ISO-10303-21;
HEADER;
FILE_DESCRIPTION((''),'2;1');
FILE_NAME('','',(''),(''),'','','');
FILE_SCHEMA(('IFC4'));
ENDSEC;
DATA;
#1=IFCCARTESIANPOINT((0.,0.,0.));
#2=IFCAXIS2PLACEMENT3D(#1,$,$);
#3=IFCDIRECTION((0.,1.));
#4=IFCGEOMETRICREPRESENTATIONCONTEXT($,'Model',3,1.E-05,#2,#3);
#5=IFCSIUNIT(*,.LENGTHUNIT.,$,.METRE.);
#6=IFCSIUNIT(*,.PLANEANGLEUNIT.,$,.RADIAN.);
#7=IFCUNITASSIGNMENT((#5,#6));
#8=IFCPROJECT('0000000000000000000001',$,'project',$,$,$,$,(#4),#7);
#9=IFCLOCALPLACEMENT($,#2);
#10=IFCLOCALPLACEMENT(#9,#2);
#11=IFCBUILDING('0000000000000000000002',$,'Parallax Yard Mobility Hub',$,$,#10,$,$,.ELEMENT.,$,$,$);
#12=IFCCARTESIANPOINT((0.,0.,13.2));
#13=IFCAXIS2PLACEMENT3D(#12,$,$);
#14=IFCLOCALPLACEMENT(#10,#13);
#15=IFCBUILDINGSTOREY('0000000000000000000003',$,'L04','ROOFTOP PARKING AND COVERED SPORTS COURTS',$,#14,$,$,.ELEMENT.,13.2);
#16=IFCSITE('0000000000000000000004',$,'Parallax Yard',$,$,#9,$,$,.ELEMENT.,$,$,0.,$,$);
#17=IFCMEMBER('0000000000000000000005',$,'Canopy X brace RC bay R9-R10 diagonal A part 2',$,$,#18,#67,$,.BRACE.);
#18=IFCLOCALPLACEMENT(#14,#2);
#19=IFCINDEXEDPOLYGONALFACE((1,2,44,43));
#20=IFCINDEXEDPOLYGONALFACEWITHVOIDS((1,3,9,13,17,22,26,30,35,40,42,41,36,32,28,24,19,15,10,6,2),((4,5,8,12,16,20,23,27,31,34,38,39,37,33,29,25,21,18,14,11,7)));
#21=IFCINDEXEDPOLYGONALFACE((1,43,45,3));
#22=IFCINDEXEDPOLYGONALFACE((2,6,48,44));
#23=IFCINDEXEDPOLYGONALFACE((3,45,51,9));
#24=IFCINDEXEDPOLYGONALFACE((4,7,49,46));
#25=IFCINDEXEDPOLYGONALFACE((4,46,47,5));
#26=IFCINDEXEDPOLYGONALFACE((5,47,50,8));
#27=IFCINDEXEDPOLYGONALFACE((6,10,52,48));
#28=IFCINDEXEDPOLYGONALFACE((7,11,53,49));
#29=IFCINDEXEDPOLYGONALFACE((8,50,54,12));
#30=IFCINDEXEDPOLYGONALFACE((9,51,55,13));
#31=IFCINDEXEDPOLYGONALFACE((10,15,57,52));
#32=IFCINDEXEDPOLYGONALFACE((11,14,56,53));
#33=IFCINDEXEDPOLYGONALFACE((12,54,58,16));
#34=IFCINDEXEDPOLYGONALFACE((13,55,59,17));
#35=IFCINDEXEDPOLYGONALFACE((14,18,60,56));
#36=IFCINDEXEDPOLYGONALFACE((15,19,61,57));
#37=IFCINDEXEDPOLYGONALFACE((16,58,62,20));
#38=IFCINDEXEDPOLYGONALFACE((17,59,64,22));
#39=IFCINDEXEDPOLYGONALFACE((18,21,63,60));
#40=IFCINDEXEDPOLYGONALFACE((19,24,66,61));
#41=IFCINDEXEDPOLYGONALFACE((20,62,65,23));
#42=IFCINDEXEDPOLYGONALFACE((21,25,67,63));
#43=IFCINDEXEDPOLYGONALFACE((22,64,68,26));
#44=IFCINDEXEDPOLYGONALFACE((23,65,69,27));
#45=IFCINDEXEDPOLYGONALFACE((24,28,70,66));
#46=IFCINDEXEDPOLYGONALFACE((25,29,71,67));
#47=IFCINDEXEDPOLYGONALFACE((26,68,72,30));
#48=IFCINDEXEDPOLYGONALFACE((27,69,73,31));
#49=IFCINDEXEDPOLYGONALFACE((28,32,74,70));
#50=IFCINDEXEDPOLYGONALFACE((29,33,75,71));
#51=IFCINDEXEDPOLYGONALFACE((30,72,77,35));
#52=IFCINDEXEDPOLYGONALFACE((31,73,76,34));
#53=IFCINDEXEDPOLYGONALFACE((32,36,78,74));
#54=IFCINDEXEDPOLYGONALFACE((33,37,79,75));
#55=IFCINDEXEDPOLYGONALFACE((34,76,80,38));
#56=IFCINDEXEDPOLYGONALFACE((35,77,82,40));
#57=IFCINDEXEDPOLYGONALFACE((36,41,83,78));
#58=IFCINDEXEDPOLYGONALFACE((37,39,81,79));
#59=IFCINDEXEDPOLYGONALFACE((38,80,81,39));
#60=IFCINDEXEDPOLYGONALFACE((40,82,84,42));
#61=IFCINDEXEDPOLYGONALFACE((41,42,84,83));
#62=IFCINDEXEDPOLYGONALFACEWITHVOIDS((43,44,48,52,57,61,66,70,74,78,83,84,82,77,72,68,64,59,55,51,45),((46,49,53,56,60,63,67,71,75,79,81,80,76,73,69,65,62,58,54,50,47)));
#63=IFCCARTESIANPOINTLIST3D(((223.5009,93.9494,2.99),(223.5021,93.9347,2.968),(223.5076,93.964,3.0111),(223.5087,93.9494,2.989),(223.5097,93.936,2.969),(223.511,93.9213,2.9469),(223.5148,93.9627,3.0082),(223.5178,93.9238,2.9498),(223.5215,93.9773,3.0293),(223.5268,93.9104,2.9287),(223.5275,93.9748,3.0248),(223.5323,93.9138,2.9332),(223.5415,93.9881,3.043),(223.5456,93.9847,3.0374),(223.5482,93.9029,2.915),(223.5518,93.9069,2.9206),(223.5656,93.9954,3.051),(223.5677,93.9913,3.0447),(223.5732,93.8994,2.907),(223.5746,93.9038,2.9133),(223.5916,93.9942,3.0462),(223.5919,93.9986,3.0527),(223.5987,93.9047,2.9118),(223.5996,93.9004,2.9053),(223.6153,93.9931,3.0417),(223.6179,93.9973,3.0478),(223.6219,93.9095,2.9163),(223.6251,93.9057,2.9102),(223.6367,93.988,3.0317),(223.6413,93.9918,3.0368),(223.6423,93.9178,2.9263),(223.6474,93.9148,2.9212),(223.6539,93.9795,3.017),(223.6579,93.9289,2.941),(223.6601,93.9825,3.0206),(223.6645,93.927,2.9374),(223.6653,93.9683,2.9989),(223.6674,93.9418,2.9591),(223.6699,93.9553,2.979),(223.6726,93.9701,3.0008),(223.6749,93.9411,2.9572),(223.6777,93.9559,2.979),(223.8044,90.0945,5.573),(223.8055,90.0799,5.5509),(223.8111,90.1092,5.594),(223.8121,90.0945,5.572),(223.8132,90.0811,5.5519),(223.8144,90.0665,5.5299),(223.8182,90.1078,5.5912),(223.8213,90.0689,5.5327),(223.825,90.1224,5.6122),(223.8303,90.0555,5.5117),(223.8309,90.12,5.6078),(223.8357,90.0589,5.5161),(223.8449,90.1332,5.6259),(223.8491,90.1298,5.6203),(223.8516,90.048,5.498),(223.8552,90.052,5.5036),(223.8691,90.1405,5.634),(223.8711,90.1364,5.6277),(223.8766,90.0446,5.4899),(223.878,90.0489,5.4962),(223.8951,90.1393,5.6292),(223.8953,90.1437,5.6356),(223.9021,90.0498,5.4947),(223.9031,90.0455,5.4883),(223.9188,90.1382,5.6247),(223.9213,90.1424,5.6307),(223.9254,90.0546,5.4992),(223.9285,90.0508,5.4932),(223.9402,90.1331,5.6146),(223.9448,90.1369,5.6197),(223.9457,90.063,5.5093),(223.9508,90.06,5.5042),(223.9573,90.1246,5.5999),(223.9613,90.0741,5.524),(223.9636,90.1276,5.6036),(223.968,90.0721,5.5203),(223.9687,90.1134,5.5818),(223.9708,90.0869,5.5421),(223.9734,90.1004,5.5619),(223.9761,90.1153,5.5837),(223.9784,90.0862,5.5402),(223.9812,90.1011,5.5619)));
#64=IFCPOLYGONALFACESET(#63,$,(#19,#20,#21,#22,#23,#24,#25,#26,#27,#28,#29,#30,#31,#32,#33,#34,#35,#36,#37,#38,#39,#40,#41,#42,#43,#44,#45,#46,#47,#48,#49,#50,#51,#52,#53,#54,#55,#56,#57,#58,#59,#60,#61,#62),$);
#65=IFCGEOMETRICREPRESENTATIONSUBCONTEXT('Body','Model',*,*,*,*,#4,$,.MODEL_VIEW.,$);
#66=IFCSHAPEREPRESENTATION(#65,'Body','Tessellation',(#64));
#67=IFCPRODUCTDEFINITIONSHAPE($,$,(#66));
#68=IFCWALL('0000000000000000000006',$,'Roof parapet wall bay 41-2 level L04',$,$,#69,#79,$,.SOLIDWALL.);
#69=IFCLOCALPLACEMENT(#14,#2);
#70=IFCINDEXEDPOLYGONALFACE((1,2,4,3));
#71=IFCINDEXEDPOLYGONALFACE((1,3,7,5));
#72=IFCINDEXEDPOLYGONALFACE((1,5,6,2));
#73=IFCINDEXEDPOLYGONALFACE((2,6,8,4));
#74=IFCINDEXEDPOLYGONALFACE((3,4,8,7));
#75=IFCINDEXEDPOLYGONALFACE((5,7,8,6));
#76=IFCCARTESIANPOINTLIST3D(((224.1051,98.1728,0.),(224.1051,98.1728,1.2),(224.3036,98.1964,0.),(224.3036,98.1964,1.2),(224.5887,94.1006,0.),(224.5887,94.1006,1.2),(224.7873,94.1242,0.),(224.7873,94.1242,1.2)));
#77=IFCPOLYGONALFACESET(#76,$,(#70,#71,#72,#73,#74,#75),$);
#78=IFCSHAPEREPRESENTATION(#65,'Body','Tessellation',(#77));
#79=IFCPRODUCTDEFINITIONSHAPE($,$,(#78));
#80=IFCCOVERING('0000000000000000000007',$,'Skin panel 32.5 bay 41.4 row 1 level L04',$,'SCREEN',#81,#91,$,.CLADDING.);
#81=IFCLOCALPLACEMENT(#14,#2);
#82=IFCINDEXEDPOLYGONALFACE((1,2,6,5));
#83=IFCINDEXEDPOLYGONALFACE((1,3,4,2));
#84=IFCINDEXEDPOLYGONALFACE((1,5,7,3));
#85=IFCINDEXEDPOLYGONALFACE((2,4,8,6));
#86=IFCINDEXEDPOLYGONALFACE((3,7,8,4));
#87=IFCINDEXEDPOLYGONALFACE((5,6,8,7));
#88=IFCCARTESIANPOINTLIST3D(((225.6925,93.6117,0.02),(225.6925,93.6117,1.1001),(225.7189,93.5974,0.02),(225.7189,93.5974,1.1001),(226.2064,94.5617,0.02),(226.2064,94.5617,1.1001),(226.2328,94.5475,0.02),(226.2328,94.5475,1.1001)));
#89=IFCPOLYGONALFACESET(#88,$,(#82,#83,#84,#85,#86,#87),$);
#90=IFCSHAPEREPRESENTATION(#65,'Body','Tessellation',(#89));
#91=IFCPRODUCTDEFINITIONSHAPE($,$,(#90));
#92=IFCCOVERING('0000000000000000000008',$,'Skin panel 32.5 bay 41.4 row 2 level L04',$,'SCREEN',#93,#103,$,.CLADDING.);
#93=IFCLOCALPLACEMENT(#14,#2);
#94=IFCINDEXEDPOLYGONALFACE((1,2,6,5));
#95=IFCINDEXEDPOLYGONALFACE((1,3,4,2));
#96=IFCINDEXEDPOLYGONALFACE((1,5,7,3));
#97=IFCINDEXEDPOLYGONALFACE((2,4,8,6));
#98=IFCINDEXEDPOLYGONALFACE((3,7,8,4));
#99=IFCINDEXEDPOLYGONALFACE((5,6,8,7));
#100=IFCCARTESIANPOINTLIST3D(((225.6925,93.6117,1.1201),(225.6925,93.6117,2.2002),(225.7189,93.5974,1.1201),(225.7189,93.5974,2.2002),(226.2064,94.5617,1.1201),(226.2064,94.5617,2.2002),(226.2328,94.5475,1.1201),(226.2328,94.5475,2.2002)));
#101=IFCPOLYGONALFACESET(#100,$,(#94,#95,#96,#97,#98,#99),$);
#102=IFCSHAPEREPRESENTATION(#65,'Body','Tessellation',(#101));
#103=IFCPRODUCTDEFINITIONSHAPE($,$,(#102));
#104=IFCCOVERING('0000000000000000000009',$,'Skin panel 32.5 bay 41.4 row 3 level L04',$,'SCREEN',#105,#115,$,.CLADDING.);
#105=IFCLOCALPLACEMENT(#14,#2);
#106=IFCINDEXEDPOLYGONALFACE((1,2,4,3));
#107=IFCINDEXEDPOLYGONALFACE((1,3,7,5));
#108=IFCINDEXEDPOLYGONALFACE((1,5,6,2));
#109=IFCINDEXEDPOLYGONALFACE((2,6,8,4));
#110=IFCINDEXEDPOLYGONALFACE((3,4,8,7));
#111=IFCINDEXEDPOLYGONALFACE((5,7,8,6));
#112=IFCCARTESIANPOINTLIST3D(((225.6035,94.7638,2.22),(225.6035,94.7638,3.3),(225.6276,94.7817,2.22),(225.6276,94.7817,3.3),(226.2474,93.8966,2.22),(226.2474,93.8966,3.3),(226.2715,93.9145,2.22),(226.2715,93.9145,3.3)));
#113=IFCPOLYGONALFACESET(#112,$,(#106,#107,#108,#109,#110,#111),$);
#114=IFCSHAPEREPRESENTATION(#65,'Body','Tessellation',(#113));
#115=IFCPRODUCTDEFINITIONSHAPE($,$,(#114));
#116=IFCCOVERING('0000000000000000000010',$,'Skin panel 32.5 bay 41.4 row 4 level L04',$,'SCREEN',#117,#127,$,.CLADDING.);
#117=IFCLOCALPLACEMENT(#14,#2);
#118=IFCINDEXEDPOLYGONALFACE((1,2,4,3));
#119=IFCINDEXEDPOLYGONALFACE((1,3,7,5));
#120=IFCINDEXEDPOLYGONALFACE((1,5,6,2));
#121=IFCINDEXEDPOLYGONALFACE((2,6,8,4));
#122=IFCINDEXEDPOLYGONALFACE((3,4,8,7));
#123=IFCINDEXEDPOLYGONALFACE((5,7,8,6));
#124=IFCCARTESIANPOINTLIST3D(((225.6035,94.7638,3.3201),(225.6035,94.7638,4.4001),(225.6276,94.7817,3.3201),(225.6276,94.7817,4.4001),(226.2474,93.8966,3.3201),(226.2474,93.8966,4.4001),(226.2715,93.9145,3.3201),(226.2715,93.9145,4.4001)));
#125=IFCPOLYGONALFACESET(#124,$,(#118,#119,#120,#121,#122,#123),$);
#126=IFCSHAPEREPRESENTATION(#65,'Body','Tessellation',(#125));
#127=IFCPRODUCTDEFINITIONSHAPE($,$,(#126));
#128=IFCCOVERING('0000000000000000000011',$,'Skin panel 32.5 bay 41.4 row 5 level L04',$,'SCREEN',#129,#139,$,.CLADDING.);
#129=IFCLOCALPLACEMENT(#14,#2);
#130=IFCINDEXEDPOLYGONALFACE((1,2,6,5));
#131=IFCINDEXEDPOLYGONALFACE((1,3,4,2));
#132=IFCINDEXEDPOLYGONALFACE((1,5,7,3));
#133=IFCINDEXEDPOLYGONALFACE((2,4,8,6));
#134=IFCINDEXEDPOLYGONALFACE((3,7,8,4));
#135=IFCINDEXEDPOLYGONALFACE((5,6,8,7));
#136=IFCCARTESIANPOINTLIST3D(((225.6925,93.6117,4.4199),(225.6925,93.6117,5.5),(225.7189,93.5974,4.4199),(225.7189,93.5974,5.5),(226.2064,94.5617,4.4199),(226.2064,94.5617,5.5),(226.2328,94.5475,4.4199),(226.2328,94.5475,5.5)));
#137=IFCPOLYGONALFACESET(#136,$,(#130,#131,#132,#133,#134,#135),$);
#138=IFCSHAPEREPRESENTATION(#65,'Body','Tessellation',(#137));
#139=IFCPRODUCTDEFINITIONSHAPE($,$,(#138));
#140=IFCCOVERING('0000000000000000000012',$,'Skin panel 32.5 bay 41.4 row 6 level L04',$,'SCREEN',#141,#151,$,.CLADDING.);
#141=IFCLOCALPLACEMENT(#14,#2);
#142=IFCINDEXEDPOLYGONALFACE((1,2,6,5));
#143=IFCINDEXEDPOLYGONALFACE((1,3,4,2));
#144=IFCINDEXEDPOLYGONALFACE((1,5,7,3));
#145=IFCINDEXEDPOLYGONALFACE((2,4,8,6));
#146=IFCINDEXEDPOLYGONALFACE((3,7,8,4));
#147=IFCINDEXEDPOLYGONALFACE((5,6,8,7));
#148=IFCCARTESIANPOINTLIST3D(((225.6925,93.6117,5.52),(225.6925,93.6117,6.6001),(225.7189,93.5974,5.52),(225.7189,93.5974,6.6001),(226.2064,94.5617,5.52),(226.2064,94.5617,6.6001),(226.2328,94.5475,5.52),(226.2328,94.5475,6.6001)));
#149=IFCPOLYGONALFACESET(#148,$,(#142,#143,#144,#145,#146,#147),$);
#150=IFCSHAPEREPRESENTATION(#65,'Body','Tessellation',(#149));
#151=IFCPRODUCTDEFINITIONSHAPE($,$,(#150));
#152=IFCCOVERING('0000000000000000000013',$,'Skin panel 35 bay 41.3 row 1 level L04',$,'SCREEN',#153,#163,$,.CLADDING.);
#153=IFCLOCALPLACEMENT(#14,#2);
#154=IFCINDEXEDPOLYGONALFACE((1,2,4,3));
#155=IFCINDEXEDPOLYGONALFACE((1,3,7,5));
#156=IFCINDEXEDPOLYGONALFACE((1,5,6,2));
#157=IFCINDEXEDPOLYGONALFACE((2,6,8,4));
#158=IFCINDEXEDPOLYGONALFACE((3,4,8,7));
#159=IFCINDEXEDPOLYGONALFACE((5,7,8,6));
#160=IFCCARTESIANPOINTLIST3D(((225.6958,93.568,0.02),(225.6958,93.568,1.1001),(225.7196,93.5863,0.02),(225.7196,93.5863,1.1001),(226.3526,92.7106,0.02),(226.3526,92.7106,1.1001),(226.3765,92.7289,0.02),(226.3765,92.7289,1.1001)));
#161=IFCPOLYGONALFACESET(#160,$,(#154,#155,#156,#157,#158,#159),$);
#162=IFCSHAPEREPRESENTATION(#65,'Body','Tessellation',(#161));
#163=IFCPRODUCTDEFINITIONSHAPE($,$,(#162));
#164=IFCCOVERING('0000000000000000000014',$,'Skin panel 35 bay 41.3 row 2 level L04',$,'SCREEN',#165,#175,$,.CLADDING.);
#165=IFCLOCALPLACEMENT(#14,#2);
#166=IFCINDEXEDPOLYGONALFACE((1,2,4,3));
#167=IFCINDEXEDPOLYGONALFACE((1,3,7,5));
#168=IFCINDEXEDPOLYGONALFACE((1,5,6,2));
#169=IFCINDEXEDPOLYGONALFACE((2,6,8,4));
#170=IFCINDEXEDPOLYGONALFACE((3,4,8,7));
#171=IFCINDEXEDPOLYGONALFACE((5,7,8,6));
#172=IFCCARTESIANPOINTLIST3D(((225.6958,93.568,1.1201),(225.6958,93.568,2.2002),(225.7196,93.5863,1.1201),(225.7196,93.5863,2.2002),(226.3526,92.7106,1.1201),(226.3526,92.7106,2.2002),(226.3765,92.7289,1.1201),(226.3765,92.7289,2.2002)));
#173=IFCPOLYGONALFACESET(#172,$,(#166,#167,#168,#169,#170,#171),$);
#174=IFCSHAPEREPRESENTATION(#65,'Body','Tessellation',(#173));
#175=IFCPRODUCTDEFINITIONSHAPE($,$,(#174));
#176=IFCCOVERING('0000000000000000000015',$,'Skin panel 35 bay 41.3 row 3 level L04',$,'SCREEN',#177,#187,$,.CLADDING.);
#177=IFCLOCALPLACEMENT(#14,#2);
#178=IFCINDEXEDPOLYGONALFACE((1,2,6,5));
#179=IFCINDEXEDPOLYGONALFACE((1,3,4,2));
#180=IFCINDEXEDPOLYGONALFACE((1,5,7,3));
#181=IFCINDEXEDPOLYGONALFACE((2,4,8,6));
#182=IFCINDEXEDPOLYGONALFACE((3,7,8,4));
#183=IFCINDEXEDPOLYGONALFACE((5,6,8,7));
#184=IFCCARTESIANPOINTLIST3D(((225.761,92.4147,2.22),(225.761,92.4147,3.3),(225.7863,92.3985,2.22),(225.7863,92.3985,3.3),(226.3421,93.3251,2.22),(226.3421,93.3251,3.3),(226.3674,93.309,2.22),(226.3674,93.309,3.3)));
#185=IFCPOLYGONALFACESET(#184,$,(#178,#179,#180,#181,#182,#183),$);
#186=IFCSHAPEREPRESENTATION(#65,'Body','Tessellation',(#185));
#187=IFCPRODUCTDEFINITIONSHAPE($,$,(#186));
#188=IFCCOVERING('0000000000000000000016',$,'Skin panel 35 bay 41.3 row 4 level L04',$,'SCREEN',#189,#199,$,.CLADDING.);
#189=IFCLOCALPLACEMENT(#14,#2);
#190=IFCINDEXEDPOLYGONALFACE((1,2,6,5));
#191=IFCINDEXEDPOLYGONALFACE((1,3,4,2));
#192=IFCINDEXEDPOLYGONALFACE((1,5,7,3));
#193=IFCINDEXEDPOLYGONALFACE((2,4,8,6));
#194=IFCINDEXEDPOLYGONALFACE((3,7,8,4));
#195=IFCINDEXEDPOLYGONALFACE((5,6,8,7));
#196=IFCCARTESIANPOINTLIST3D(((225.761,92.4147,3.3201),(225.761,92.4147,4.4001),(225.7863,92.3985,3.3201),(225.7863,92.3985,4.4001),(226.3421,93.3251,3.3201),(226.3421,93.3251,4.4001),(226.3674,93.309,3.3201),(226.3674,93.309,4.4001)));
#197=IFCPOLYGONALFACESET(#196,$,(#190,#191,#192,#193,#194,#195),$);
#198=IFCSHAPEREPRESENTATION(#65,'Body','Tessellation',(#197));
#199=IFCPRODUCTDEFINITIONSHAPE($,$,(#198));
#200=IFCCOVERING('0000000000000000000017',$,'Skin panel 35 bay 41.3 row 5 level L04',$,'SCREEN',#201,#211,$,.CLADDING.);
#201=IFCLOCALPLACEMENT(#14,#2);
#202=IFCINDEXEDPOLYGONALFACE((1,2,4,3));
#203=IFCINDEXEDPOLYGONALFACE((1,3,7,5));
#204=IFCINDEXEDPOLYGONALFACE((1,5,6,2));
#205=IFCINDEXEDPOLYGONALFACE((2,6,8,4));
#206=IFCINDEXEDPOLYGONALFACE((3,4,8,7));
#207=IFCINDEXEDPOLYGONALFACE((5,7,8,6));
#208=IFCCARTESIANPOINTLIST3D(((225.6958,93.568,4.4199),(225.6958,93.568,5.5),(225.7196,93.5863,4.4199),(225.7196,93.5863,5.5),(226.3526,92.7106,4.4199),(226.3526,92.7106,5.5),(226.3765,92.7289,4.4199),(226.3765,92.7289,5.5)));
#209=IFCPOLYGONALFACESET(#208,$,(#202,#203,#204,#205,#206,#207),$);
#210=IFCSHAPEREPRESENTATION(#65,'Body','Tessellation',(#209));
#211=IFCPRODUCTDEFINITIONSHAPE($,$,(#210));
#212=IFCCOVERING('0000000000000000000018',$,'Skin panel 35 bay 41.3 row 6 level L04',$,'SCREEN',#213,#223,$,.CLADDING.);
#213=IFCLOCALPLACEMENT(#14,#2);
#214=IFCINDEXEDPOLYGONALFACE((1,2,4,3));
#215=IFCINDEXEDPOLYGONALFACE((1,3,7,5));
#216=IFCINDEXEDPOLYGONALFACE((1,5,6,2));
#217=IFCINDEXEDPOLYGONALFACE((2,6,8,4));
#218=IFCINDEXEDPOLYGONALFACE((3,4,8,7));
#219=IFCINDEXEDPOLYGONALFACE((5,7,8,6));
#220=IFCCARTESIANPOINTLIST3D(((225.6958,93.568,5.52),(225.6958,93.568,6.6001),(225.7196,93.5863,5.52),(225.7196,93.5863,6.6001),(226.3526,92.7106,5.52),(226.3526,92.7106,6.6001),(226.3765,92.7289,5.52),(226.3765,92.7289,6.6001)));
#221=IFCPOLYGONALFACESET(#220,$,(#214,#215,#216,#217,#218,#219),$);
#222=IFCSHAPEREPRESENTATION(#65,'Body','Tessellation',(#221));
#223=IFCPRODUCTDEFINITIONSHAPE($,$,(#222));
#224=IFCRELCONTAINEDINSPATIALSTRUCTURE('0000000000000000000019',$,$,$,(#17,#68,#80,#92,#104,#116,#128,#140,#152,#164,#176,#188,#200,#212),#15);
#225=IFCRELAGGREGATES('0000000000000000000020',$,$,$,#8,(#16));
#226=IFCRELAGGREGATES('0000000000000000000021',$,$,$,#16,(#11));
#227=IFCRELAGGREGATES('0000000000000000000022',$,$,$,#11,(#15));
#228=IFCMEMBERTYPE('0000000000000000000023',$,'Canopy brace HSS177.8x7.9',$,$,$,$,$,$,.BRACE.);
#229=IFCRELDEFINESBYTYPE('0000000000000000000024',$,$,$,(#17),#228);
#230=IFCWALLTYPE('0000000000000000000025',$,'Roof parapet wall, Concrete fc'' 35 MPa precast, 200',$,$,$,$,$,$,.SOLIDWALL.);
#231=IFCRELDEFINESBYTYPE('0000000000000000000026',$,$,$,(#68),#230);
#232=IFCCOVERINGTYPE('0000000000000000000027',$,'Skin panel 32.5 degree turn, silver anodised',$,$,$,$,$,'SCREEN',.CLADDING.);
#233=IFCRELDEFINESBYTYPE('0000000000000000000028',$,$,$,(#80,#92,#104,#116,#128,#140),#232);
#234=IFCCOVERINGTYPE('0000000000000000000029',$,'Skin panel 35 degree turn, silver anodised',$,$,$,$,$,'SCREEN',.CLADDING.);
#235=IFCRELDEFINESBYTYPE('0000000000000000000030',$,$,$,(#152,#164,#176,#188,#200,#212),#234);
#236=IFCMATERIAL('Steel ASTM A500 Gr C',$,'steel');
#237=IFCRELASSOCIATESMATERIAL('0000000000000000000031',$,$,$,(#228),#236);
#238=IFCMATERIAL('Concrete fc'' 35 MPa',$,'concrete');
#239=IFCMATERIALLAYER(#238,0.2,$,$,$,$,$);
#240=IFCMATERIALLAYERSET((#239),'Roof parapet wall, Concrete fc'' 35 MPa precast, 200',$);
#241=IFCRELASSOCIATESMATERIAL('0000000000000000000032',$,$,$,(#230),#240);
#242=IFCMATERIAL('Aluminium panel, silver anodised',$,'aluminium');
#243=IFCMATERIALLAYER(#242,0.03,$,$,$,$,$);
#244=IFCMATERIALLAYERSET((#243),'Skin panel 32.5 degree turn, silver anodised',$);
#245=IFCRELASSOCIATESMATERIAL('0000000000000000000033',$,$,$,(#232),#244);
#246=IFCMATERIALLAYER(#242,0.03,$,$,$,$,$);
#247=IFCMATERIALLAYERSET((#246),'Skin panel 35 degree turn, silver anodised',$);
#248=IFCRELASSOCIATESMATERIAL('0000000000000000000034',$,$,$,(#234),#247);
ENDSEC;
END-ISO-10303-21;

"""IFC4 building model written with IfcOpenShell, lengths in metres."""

from ifc_helpers import new_model, si_unit, direction, frame, frame_2d, origin, origin_2d, place, context, subcontext, project, spatial, rectangle, hollow_circle, extrude, material, layer, layer_set, material_profile, profile_set, type_object, element, save


model = new_model("IFC4")

# Units and contexts
model_context = context("Model", 3, precision=1e-05, world=origin(), true_north=direction((0.0, 1.0)))
body_context = subcontext(model_context, "Body", "Model", "MODEL_VIEW")
ifc_project = project(units=[si_unit("LENGTHUNIT", "METRE"), si_unit("PLANEANGLEUNIT", "RADIAN")], contexts=[model_context])

# Site, building, storey
site_placement = place(None, origin())
site = spatial("IfcSite", under=ifc_project, at=site_placement, Name="Parallax Yard", CompositionType="ELEMENT", RefElevation=0.0)
building_placement = place(site_placement, origin())
building = spatial("IfcBuilding", under=site, at=building_placement, Name="Parallax Yard Mobility Hub", CompositionType="ELEMENT")
storey_placement = place(building_placement, frame((0.0, 0.0, 13.2)))
storey = spatial("IfcBuildingStorey", under=building, at=storey_placement, Name="L04", Description="ROOFTOP PARKING AND COVERED SPORTS COURTS", CompositionType="ELEMENT", Elevation=13.2)

# Member
ifc_material_1 = material(Name="Steel ASTM A500 Gr C", Category="steel")
ifc_material_profile_1 = material_profile(ifc_material_1, hollow_circle(Radius=0.0889, WallThickness=0.0078, at=origin_2d()), Name="HSS177.8x7.9")
ifc_profile_set_1 = profile_set([ifc_material_profile_1], Name="Steel ASTM A500 Gr C")
member_type = type_object("IfcMemberType", Name="Canopy brace HSS177.8x7.9", PredefinedType="BRACE", material=ifc_profile_set_1)
member_placement = place(storey_placement, frame((223.5891, 93.949, 2.979), z_axis=(0.065258, -0.828982, 0.555455), x_axis=(0.996916, 0.078478, 0.0)))
element("IfcMember", 1, at=member_placement, inside=storey, type_object=member_type, Name="Canopy X brace RC bay R9-R10 diagonal A part 2", PredefinedType="BRACE", context=body_context, shape_type="SweptSolid", body=[
    extrude(hollow_circle(Radius=0.0889, WallThickness=0.0078, at=origin_2d()), origin(), (0.0, 0.0, 1.0), 4.6501),
])

# Wall
ifc_material_2 = material(Name="Concrete fc' 35 MPa", Category="concrete")
ifc_layer_1 = layer(ifc_material_2, 0.2)
ifc_layer_set_1 = layer_set([ifc_layer_1], Name="Roof parapet wall, Concrete fc' 35 MPa precast, 200")
wall_type = type_object("IfcWallType", Name="Roof parapet wall, Concrete fc' 35 MPa precast, 200", PredefinedType="SOLIDWALL", material=ifc_layer_set_1)
wall_placement = place(storey_placement, frame((224.688, 94.1125, 0.0), z_axis=(0.0, 0.0, 1.0), x_axis=(-0.117936, 0.993021, 0.0)))
element("IfcWall", 2, at=wall_placement, inside=storey, type_object=wall_type, Name="Roof parapet wall bay 41-2 level L04", PredefinedType="SOLIDWALL", context=body_context, shape_type="SweptSolid", body=[
    extrude(rectangle(XDim=4.1008, YDim=0.2, at=frame_2d((2.0503, 0.0))), origin(), (0.0, 0.0, 1.0), 1.2),
])

# Coverings
ifc_material_3 = material(Name="Aluminium panel, silver anodised", Category="aluminium")
ifc_layer_2 = layer(ifc_material_3, 0.03)
ifc_layer_set_2 = layer_set([ifc_layer_2], Name="Skin panel 32.5 degree turn, silver anodised")
covering_type_1 = type_object("IfcCoveringType", Name="Skin panel 32.5 degree turn, silver anodised", ElementType="SCREEN", PredefinedType="CLADDING", material=ifc_layer_set_2)
for number, where, z_axis, x_axis, name in (
    (3, (225.9626, 94.0796, 0.02), (0.0, 0.0, 1.0), (0.475764, 0.879573, 0.0), "Skin panel 32.5 bay 41.4 row 1 level L04"),
    (4, (225.9626, 94.0796, 1.1201), (0.0, 0.0, 1.0), (0.475764, 0.879573, 0.0), "Skin panel 32.5 bay 41.4 row 2 level L04"),
    (5, (225.9375, 94.3391, 2.22), (0.0, 0.0, 1.0), (0.596097, -0.802912, 0.0), "Skin panel 32.5 bay 41.4 row 3 level L04"),
    (6, (225.9375, 94.3391, 3.3201), (0.0, 0.0, 1.0), (0.596097, -0.802912, 0.0), "Skin panel 32.5 bay 41.4 row 4 level L04"),
    (7, (225.9626, 94.0796, 4.4199), (0.0, 0.0, 1.0), (0.475764, 0.879573, 0.0), "Skin panel 32.5 bay 41.4 row 5 level L04"),
    (8, (225.9626, 94.0796, 5.52), (0.0, 0.0, 1.0), (0.475764, 0.879573, 0.0), "Skin panel 32.5 bay 41.4 row 6 level L04"),
):
    element("IfcCovering", number, at=place(storey_placement, frame(where, z_axis=z_axis, x_axis=x_axis)), inside=storey, type_object=covering_type_1, Name=name, ObjectType="SCREEN", PredefinedType="CLADDING", context=body_context, shape_type="SweptSolid", body=[
        extrude(rectangle(XDim=1.0801, YDim=0.03, at=origin_2d()), origin(), (0.0, 0.0, 1.0), 1.0801),
    ])
ifc_layer_3 = layer(ifc_material_3, 0.03)
ifc_layer_set_3 = layer_set([ifc_layer_3], Name="Skin panel 35 degree turn, silver anodised")
covering_type_2 = type_object("IfcCoveringType", Name="Skin panel 35 degree turn, silver anodised", ElementType="SCREEN", PredefinedType="CLADDING", material=ifc_layer_set_3)
for number, where, z_axis, x_axis, name in (
    (9, (226.0361, 93.1484, 0.02), (0.0, 0.0, 1.0), (0.608131, -0.793837, 0.0), "Skin panel 35 bay 41.3 row 1 level L04"),
    (10, (226.0361, 93.1484, 1.1201), (0.0, 0.0, 1.0), (0.608131, -0.793837, 0.0), "Skin panel 35 bay 41.3 row 2 level L04"),
    (11, (226.0642, 92.8618, 2.22), (0.0, 0.0, 1.0), (0.537969, 0.842964, 0.0), "Skin panel 35 bay 41.3 row 3 level L04"),
    (12, (226.0642, 92.8618, 3.3201), (0.0, 0.0, 1.0), (0.537969, 0.842964, 0.0), "Skin panel 35 bay 41.3 row 4 level L04"),
    (13, (226.0361, 93.1484, 4.4199), (0.0, 0.0, 1.0), (0.608131, -0.793837, 0.0), "Skin panel 35 bay 41.3 row 5 level L04"),
    (14, (226.0361, 93.1484, 5.52), (0.0, 0.0, 1.0), (0.608131, -0.793837, 0.0), "Skin panel 35 bay 41.3 row 6 level L04"),
):
    element("IfcCovering", number, at=place(storey_placement, frame(where, z_axis=z_axis, x_axis=x_axis)), inside=storey, type_object=covering_type_2, Name=name, ObjectType="SCREEN", PredefinedType="CLADDING", context=body_context, shape_type="SweptSolid", body=[
        extrude(rectangle(XDim=1.0801, YDim=0.03, at=origin_2d()), origin(), (0.0, 0.0, 1.0), 1.0801),
    ])

save(model, "model.ifc")
